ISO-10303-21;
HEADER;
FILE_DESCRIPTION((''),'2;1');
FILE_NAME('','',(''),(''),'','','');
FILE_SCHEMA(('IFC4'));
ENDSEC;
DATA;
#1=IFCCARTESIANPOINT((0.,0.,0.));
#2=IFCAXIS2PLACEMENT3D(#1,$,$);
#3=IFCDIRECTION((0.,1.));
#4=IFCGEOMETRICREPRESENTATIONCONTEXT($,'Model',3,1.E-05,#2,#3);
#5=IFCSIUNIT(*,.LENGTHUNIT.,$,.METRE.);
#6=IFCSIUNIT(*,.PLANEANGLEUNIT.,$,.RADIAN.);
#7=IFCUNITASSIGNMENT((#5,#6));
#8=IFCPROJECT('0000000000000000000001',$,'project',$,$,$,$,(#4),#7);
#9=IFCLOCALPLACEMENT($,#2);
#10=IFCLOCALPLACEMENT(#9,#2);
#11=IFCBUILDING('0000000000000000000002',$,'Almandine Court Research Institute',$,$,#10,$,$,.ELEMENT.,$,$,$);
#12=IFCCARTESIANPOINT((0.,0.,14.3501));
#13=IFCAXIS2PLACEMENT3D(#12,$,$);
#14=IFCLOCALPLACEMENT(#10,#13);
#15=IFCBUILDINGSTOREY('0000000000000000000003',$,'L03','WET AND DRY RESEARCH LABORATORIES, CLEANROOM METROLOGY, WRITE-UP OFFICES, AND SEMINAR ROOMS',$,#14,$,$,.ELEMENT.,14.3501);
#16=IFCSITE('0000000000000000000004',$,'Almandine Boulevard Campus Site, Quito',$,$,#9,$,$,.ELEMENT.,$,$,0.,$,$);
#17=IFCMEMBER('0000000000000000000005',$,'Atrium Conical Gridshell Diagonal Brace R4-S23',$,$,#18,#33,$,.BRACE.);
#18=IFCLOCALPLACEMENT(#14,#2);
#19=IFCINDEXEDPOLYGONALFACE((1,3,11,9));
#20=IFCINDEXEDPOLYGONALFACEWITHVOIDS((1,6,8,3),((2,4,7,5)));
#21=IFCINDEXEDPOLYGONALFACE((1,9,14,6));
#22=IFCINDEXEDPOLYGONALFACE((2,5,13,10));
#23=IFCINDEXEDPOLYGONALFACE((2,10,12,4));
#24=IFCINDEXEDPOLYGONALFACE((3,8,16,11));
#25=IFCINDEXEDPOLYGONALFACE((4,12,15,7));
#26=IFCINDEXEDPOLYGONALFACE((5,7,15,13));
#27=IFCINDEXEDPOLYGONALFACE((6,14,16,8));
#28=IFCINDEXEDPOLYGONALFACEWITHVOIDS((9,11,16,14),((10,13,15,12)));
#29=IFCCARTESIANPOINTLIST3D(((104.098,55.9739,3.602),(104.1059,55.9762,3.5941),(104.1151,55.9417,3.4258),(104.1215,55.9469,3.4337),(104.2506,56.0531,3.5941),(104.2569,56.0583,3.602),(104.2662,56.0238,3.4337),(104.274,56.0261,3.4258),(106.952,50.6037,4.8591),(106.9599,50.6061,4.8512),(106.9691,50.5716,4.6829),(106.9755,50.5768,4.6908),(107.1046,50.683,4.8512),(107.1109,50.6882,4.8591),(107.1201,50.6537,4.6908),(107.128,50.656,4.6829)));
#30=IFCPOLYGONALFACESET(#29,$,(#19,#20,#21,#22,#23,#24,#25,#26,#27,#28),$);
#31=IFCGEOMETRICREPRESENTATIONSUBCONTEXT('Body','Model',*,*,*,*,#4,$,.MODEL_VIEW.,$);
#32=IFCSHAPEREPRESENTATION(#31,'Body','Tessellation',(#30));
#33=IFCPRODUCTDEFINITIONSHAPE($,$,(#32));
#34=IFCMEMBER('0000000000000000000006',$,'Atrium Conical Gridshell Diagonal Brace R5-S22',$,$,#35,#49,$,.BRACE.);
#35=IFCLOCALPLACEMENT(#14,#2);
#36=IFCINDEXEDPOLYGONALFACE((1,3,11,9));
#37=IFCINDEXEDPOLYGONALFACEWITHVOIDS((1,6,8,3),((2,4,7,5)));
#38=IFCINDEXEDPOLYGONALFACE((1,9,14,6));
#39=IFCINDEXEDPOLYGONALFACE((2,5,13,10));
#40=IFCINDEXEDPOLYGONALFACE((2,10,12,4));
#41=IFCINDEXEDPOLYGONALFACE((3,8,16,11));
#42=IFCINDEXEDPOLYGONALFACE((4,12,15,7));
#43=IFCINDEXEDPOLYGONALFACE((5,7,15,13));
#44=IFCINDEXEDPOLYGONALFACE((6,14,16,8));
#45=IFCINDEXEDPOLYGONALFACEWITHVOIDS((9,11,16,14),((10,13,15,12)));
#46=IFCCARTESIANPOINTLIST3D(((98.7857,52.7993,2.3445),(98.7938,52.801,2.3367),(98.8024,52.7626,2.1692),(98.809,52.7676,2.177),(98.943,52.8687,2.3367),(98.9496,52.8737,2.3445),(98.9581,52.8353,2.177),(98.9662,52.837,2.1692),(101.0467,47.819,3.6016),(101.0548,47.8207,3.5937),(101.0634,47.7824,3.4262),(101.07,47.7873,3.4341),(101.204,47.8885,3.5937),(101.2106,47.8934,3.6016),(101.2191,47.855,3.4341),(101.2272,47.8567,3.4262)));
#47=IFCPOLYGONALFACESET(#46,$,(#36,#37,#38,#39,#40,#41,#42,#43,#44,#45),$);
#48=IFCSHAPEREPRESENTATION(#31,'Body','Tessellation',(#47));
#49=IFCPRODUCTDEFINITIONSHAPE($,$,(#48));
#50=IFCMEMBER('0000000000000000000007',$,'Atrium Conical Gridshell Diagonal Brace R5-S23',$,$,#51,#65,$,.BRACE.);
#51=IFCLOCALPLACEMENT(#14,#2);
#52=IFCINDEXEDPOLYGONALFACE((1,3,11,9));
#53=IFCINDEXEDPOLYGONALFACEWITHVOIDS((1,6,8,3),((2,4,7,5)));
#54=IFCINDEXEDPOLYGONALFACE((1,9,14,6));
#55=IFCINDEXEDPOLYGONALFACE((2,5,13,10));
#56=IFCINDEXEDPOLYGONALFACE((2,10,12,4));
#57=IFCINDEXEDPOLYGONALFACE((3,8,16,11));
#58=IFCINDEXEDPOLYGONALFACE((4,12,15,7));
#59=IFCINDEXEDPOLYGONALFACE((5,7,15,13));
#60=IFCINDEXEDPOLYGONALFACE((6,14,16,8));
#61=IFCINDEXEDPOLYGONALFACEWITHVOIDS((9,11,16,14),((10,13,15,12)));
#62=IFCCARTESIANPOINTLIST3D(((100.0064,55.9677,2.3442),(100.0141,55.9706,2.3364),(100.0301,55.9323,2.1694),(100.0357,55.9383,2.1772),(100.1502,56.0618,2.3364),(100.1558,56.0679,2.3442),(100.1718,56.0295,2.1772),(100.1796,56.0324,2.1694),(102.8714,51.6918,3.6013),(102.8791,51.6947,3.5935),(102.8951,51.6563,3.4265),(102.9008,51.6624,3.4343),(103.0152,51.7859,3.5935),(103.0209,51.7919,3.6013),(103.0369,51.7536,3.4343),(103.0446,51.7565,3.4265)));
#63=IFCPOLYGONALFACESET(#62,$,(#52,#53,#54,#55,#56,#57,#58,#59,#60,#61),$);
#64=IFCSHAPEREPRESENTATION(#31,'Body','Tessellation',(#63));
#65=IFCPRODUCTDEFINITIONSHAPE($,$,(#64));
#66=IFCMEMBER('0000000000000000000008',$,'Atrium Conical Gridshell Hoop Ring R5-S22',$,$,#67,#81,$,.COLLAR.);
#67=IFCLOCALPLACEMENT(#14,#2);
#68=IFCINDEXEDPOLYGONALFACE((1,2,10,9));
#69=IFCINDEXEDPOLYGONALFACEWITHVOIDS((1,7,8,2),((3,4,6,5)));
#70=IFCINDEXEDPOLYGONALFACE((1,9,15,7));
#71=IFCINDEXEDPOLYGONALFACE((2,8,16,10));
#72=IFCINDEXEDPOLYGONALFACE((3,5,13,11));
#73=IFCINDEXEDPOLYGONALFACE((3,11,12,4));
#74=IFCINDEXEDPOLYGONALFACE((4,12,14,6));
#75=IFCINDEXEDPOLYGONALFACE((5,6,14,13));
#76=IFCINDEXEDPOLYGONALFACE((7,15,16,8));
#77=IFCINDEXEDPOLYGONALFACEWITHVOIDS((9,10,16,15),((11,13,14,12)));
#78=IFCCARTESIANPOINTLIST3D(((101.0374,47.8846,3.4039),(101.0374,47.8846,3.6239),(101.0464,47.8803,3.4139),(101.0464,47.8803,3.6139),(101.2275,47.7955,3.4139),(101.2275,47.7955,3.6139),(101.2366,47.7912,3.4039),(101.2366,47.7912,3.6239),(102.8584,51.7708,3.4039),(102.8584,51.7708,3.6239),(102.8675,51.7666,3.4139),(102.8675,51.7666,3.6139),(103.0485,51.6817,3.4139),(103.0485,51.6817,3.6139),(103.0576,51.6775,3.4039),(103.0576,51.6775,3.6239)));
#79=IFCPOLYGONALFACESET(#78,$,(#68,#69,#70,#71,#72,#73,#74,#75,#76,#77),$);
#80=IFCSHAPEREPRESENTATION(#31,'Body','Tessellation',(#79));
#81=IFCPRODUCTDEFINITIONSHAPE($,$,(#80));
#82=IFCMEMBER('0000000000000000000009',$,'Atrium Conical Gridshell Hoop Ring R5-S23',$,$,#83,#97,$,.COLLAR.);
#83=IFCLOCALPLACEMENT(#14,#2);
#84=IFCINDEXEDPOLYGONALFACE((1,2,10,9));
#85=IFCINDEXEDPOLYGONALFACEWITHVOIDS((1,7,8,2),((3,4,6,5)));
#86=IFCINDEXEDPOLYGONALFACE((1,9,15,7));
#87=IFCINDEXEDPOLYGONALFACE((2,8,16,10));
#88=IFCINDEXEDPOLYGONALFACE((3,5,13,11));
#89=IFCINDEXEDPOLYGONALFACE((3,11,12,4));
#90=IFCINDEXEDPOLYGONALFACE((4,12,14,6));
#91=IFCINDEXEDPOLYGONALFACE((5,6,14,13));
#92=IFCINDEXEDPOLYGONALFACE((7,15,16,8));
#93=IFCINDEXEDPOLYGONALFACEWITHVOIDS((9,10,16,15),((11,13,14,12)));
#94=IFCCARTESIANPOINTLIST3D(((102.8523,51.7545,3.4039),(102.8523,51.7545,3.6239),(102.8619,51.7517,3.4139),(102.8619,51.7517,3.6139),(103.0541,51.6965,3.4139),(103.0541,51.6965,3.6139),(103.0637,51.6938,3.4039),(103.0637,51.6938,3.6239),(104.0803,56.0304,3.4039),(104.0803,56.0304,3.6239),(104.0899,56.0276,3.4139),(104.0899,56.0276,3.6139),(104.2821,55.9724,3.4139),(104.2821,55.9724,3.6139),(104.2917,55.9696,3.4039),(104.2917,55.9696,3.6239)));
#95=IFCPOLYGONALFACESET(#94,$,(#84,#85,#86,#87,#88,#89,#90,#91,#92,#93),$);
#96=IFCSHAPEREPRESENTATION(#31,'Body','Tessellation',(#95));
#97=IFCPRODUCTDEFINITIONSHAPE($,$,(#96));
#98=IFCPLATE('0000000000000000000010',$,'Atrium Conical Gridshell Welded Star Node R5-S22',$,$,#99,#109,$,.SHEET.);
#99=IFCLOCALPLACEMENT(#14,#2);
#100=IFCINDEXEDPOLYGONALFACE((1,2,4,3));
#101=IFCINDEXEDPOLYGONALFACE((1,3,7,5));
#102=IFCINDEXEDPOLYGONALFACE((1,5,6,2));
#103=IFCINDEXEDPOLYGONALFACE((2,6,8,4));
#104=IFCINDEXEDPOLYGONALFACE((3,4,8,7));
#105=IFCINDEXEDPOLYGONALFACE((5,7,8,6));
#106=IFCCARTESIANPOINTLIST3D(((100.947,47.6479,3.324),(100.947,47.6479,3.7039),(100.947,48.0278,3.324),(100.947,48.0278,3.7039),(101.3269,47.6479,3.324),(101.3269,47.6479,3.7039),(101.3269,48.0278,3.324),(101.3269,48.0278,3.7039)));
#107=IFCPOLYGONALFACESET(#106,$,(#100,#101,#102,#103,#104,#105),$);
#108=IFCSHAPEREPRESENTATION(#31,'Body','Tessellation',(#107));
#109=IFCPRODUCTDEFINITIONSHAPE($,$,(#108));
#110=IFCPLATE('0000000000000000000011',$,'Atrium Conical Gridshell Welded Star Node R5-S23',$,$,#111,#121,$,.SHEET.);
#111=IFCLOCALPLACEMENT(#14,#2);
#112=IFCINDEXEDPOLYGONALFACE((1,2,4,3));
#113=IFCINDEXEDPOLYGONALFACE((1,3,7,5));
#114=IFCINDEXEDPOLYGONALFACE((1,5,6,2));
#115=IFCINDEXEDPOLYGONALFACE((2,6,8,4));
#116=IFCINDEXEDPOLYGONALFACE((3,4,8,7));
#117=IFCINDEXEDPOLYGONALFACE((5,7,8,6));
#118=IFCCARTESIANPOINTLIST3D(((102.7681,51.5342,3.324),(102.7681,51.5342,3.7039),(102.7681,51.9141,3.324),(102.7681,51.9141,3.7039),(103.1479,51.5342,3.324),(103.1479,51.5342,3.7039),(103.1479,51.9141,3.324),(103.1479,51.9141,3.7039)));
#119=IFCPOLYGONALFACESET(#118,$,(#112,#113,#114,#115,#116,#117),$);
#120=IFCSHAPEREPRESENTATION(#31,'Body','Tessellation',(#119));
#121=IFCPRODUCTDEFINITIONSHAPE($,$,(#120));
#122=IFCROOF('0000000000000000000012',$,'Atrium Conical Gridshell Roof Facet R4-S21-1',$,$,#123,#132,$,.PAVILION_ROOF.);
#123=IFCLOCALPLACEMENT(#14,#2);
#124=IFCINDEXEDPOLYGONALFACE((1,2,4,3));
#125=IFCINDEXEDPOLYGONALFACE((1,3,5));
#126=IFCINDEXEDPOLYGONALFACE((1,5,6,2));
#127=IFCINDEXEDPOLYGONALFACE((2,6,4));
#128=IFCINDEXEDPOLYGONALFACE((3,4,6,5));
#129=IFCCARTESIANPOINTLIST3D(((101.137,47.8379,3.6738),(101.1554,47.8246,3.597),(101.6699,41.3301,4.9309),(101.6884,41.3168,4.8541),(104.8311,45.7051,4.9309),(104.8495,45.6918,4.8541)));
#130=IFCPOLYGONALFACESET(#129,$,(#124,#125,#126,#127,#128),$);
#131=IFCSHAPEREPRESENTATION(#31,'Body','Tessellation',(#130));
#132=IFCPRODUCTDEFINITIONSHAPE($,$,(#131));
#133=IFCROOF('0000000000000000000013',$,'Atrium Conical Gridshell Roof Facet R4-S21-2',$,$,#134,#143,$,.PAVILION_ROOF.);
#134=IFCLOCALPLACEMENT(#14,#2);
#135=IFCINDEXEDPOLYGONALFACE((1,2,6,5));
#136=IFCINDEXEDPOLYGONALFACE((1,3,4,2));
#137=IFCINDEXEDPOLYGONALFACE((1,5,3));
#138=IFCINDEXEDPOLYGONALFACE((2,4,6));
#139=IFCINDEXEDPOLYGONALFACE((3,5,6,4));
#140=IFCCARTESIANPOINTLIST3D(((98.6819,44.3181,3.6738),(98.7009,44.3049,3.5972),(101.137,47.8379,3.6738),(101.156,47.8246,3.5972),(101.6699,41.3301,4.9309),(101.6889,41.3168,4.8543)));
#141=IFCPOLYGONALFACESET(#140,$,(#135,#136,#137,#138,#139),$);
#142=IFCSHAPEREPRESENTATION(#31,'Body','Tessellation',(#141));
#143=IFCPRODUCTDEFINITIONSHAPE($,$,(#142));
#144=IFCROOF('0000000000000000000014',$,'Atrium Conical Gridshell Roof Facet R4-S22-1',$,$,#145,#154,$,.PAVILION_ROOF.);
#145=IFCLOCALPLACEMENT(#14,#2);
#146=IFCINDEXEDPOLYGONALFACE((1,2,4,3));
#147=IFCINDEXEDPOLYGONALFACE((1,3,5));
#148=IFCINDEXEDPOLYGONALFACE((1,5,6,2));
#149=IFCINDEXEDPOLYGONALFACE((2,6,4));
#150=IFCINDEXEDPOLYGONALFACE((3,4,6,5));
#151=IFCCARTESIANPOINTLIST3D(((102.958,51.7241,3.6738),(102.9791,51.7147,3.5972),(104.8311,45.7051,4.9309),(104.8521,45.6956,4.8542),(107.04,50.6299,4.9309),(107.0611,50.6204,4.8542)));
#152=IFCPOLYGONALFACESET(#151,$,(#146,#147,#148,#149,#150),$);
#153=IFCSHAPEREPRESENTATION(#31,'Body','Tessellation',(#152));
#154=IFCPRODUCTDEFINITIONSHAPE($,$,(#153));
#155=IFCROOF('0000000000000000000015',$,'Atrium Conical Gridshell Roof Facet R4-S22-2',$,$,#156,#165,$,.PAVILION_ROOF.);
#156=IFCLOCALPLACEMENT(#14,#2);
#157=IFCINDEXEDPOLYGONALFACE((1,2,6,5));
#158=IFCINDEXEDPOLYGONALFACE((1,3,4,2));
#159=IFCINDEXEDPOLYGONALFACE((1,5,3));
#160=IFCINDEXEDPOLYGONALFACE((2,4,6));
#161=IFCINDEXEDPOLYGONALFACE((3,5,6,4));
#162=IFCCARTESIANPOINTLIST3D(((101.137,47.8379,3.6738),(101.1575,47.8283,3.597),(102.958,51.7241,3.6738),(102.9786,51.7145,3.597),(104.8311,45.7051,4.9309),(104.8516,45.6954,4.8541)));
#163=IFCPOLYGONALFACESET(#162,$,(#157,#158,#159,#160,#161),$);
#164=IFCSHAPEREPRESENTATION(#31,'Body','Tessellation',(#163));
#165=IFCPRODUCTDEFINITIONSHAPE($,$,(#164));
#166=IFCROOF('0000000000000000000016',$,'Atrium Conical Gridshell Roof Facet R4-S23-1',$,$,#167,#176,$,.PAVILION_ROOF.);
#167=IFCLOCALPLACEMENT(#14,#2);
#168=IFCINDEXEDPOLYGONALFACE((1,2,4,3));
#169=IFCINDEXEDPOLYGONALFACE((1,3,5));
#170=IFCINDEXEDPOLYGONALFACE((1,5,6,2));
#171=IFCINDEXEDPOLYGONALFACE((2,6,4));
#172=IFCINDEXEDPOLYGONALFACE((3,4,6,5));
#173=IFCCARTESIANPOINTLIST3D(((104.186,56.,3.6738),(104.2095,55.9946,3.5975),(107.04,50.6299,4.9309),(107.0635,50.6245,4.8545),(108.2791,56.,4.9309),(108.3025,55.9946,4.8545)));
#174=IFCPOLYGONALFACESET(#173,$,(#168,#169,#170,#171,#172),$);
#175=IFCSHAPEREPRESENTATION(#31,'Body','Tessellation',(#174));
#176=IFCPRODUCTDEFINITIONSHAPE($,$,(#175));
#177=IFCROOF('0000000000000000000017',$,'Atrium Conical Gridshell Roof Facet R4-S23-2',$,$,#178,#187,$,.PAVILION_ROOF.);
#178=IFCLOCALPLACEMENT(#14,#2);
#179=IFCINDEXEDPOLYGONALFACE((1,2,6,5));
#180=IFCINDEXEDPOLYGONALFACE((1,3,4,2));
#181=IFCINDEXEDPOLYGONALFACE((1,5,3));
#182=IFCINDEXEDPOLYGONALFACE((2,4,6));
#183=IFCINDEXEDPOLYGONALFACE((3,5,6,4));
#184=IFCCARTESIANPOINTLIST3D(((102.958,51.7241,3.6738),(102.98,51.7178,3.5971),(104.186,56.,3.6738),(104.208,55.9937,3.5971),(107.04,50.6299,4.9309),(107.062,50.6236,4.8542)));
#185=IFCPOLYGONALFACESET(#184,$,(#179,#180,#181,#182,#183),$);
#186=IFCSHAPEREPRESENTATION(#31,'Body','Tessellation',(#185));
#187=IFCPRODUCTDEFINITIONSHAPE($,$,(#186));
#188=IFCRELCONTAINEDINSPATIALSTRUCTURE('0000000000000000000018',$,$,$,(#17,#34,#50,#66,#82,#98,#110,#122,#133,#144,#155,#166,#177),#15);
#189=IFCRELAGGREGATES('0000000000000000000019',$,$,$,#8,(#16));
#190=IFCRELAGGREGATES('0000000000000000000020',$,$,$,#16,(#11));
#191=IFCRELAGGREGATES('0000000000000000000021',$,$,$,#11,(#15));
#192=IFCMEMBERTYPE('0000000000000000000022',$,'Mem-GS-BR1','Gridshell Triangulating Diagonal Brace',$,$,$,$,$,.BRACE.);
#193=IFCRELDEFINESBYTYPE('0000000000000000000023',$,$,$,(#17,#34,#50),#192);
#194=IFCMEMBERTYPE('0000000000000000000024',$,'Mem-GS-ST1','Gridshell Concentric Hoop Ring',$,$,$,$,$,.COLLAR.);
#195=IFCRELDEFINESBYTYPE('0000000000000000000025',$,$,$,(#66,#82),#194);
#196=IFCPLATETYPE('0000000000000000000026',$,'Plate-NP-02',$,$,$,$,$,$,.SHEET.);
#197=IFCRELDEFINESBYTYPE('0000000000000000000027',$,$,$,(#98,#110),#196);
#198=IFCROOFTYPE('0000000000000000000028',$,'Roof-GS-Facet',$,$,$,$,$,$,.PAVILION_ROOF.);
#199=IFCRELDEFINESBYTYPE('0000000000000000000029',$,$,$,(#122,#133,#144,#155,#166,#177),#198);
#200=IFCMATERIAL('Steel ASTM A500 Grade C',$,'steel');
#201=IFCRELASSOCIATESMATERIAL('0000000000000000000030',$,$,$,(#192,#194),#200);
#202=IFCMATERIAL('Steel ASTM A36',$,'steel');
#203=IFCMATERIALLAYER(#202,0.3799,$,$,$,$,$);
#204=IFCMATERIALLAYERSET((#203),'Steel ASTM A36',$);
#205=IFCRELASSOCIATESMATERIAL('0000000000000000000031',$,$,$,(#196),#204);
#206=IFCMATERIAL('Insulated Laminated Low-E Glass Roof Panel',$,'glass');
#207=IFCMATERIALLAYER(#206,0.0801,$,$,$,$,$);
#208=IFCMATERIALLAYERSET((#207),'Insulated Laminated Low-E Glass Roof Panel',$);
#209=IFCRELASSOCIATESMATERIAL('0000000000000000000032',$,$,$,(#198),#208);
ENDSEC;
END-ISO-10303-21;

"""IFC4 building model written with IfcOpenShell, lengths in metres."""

from ifc_helpers import new_model, si_unit, direction, frame, origin, origin_2d, place, context, subcontext, project, spatial, polyline, rectangle, hollow_rectangle, outline, extrude, material, layer, layer_set, material_profile, profile_set, type_object, element, save


model = new_model("IFC4")

# Units and contexts
model_context = context("Model", 3, precision=1e-05, world=origin(), true_north=direction((0.0, 1.0)))
body_context = subcontext(model_context, "Body", "Model", "MODEL_VIEW")
ifc_project = project(units=[si_unit("LENGTHUNIT", "METRE"), si_unit("PLANEANGLEUNIT", "RADIAN")], contexts=[model_context])

# Site, building, storey
site_placement = place(None, origin())
site = spatial("IfcSite", under=ifc_project, at=site_placement, Name="Almandine Boulevard Campus Site, Quito", CompositionType="ELEMENT", RefElevation=0.0)
building_placement = place(site_placement, origin())
building = spatial("IfcBuilding", under=site, at=building_placement, Name="Almandine Court Research Institute", CompositionType="ELEMENT")
storey_placement = place(building_placement, frame((0.0, 0.0, 14.3501)))
storey = spatial("IfcBuildingStorey", under=building, at=storey_placement, Name="L03", Description="WET AND DRY RESEARCH LABORATORIES, CLEANROOM METROLOGY, WRITE-UP OFFICES, AND SEMINAR ROOMS", CompositionType="ELEMENT", Elevation=14.3501)

# Members
ifc_material_1 = material(Name="Steel ASTM A500 Grade C", Category="steel")
ifc_material_profile_1 = material_profile(ifc_material_1, hollow_rectangle(XDim=0.1799, YDim=0.1799, WallThickness=0.0081, at=origin_2d()), Name="HSS 180x180x8")
ifc_profile_set_1 = profile_set([ifc_material_profile_1], Name="Steel ASTM A500 Grade C")
member_type_1 = type_object("IfcMemberType", Name="Mem-GS-BR1", Description="Gridshell Triangulating Diagonal Brace", PredefinedType="BRACE", material=ifc_profile_set_1)
member_1_placement = place(storey_placement, frame((107.04, 50.6299, 4.771), z_axis=(-0.459584, 0.864757, -0.202429), x_axis=(-0.883039, -0.4693, 0.0)))
element("IfcMember", 1, at=member_1_placement, inside=storey, type_object=member_type_1, Name="Atrium Conical Gridshell Diagonal Brace R4-S23", PredefinedType="BRACE", context=body_context, shape_type="SweptSolid", body=[
    extrude(hollow_rectangle(XDim=0.1799, YDim=0.1799, WallThickness=0.0081, at=origin_2d()), origin(), (0.0, 0.0, 1.0), 6.21),
])
member_2_placement = place(storey_placement, frame((101.137, 47.8379, 3.5139), z_axis=(-0.402882, 0.887419, -0.223997), x_axis=(-0.910556, -0.413386, 0.0)))
element("IfcMember", 2, at=member_2_placement, inside=storey, type_object=member_type_1, Name="Atrium Conical Gridshell Diagonal Brace R5-S22", PredefinedType="BRACE", context=body_context, shape_type="SweptSolid", body=[
    extrude(hollow_rectangle(XDim=0.1799, YDim=0.1799, WallThickness=0.0081, at=origin_2d()), origin(), (0.0, 0.0, 1.0), 5.6121),
])
member_3_placement = place(storey_placement, frame((102.958, 51.7241, 3.5139), z_axis=(-0.540742, 0.807035, -0.237263), x_axis=(-0.830756, -0.556636, 0.0)))
element("IfcMember", 3, at=member_3_placement, inside=storey, type_object=member_type_1, Name="Atrium Conical Gridshell Diagonal Brace R5-S23", PredefinedType="BRACE", context=body_context, shape_type="SweptSolid", body=[
    extrude(hollow_rectangle(XDim=0.1799, YDim=0.1799, WallThickness=0.0081, at=origin_2d()), origin(), (0.0, 0.0, 1.0), 5.2983),
])
ifc_material_profile_2 = material_profile(ifc_material_1, hollow_rectangle(XDim=0.22, YDim=0.22, WallThickness=0.01, at=origin_2d()), Name="HSS 220x220x10")
ifc_profile_set_2 = profile_set([ifc_material_profile_2], Name="Steel ASTM A500 Grade C")
member_type_2 = type_object("IfcMemberType", Name="Mem-GS-ST1", Description="Gridshell Concentric Hoop Ring", PredefinedType="COLLAR", material=ifc_profile_set_2)
member_4_placement = place(storey_placement, frame((101.137, 47.8379, 3.5139), z_axis=(0.424314, 0.905515, 0.0), x_axis=(-0.905515, 0.424314, 0.0)))
element("IfcMember", 4, at=member_4_placement, inside=storey, type_object=member_type_2, Name="Atrium Conical Gridshell Hoop Ring R5-S22", PredefinedType="COLLAR", context=body_context, shape_type="SweptSolid", body=[
    extrude(hollow_rectangle(XDim=0.22, YDim=0.22, WallThickness=0.01, at=origin_2d()), origin(), (0.0, 0.0, 1.0), 4.2917),
])
member_5_placement = place(storey_placement, frame((102.958, 51.7241, 3.5139), z_axis=(0.27604, 0.961146, 0.0), x_axis=(-0.961146, 0.27604, 0.0)))
element("IfcMember", 5, at=member_5_placement, inside=storey, type_object=member_type_2, Name="Atrium Conical Gridshell Hoop Ring R5-S23", PredefinedType="COLLAR", context=body_context, shape_type="SweptSolid", body=[
    extrude(hollow_rectangle(XDim=0.22, YDim=0.22, WallThickness=0.01, at=origin_2d()), origin(), (0.0, 0.0, 1.0), 4.4487),
])

# Plates
ifc_material_2 = material(Name="Steel ASTM A36", Category="steel")
ifc_layer_1 = layer(ifc_material_2, 0.3799)
ifc_layer_set_1 = layer_set([ifc_layer_1], Name="Steel ASTM A36")
plate_type = type_object("IfcPlateType", Name="Plate-NP-02", PredefinedType="SHEET", material=ifc_layer_set_1)
for number, where, z_axis, x_axis, name in (
    (6, (101.137, 47.8379, 3.324), (0.0, 0.0, 1.0), (1.0, 0.0, 0.0), "Atrium Conical Gridshell Welded Star Node R5-S22"),
    (7, (102.958, 51.7241, 3.324), (0.0, 0.0, 1.0), (1.0, 0.0, 0.0), "Atrium Conical Gridshell Welded Star Node R5-S23"),
):
    element("IfcPlate", number, at=place(storey_placement, frame(where, z_axis=z_axis, x_axis=x_axis)), inside=storey, type_object=plate_type, Name=name, PredefinedType="SHEET", context=body_context, shape_type="SweptSolid", body=[
        extrude(rectangle(XDim=0.3799, YDim=0.3799, at=origin_2d()), origin(), (0.0, 0.0, 1.0), 0.3799),
    ])

# Roofs
ifc_material_3 = material(Name="Insulated Laminated Low-E Glass Roof Panel", Category="glass")
ifc_layer_2 = layer(ifc_material_3, 0.0801)
ifc_layer_set_2 = layer_set([ifc_layer_2], Name="Insulated Laminated Low-E Glass Roof Panel")
roof_type = type_object("IfcRoofType", Name="Roof-GS-Facet", PredefinedType="PAVILION_ROOF", material=ifc_layer_set_2)
roof_1_placement = place(storey_placement, frame((101.6699, 41.3301, 4.9309), z_axis=(-0.230233, 0.166354, 0.958811), x_axis=(0.585662, 0.810555, 0.0)))
element("IfcRoof", 8, at=roof_1_placement, inside=storey, type_object=roof_type, Name="Atrium Conical Gridshell Roof Facet R4-S21-1", PredefinedType="PAVILION_ROOF", context=body_context, shape_type="SweptSolid", body=[
    extrude(outline(polyline([(0.0, 0.0), (5.3975, 0.0), (4.9628, 4.4257), (0.0, 0.0)])), origin(), (0.0, 0.0, -1.0), 0.0801),
])
roof_2_placement = place(storey_placement, frame((101.6699, 41.3301, 4.9309), z_axis=(-0.237242, 0.165479, 0.957253), x_axis=(-0.08015, 0.978691, -0.189049)))
element("IfcRoof", 9, at=roof_2_placement, inside=storey, type_object=roof_type, Name="Atrium Conical Gridshell Roof Facet R4-S21-2", PredefinedType="PAVILION_ROOF", context=body_context, shape_type="SweptSolid", body=[
    extrude(outline(polyline([(0.0, 0.0), (6.6495, 0.0), (3.4015, 2.8048), (0.0, 0.0)])), origin(), (0.0, 0.0, -1.0), 0.0801),
])
roof_3_placement = place(storey_placement, frame((104.8311, 45.7051, 4.9309), z_axis=(-0.263214, 0.118063, 0.957486), x_axis=(0.409258, 0.912418, 0.0)))
element("IfcRoof", 10, at=roof_3_placement, inside=storey, type_object=roof_type, Name="Atrium Conical Gridshell Roof Facet R4-S22-1", PredefinedType="PAVILION_ROOF", context=body_context, shape_type="SweptSolid", body=[
    extrude(outline(polyline([(0.0, 0.0), (5.3975, 0.0), (4.7253, 4.3576), (0.0, 0.0)])), origin(), (0.0, 0.0, -1.0), 0.0801),
])
roof_4_placement = place(storey_placement, frame((104.8311, 45.7051, 4.9309), z_axis=(-0.256835, 0.12035, 0.958933), x_axis=(-0.291395, 0.936399, -0.195567)))
element("IfcRoof", 11, at=roof_4_placement, inside=storey, type_object=roof_type, Name="Atrium Conical Gridshell Roof Facet R4-S22-2", PredefinedType="PAVILION_ROOF", context=body_context, shape_type="SweptSolid", body=[
    extrude(outline(polyline([(0.0, 0.0), (6.4279, 0.0), (3.3194, 2.9592), (0.0, 0.0)])), origin(), (0.0, 0.0, -1.0), 0.0801),
])
roof_5_placement = place(storey_placement, frame((107.04, 50.6299, 4.9309), z_axis=(-0.292922, 0.067584, 0.953745), x_axis=(0.224817, 0.974401, 0.0)))
element("IfcRoof", 12, at=roof_5_placement, inside=storey, type_object=roof_type, Name="Atrium Conical Gridshell Roof Facet R4-S23-1", PredefinedType="PAVILION_ROOF", context=body_context, shape_type="SweptSolid", body=[
    extrude(outline(polyline([(0.0, 0.0), (5.5112, 0.0), (4.591, 4.1817), (0.0, 0.0)])), origin(), (0.0, 0.0, -1.0), 0.0801),
])
roof_6_placement = place(storey_placement, frame((107.04, 50.6299, 4.9309), z_axis=(-0.274069, 0.078712, 0.958483), x_axis=(-0.459584, 0.864757, -0.202429)))
element("IfcRoof", 13, at=roof_6_placement, inside=storey, type_object=roof_type, Name="Atrium Conical Gridshell Roof Facet R4-S23-2", PredefinedType="PAVILION_ROOF", context=body_context, shape_type="SweptSolid", body=[
    extrude(outline(polyline([(0.0, 0.0), (6.21, 0.0), (3.0768, 3.1582), (0.0, 0.0)])), origin(), (0.0, 0.0, -1.0), 0.0801),
])

save(model, "model.ifc")
